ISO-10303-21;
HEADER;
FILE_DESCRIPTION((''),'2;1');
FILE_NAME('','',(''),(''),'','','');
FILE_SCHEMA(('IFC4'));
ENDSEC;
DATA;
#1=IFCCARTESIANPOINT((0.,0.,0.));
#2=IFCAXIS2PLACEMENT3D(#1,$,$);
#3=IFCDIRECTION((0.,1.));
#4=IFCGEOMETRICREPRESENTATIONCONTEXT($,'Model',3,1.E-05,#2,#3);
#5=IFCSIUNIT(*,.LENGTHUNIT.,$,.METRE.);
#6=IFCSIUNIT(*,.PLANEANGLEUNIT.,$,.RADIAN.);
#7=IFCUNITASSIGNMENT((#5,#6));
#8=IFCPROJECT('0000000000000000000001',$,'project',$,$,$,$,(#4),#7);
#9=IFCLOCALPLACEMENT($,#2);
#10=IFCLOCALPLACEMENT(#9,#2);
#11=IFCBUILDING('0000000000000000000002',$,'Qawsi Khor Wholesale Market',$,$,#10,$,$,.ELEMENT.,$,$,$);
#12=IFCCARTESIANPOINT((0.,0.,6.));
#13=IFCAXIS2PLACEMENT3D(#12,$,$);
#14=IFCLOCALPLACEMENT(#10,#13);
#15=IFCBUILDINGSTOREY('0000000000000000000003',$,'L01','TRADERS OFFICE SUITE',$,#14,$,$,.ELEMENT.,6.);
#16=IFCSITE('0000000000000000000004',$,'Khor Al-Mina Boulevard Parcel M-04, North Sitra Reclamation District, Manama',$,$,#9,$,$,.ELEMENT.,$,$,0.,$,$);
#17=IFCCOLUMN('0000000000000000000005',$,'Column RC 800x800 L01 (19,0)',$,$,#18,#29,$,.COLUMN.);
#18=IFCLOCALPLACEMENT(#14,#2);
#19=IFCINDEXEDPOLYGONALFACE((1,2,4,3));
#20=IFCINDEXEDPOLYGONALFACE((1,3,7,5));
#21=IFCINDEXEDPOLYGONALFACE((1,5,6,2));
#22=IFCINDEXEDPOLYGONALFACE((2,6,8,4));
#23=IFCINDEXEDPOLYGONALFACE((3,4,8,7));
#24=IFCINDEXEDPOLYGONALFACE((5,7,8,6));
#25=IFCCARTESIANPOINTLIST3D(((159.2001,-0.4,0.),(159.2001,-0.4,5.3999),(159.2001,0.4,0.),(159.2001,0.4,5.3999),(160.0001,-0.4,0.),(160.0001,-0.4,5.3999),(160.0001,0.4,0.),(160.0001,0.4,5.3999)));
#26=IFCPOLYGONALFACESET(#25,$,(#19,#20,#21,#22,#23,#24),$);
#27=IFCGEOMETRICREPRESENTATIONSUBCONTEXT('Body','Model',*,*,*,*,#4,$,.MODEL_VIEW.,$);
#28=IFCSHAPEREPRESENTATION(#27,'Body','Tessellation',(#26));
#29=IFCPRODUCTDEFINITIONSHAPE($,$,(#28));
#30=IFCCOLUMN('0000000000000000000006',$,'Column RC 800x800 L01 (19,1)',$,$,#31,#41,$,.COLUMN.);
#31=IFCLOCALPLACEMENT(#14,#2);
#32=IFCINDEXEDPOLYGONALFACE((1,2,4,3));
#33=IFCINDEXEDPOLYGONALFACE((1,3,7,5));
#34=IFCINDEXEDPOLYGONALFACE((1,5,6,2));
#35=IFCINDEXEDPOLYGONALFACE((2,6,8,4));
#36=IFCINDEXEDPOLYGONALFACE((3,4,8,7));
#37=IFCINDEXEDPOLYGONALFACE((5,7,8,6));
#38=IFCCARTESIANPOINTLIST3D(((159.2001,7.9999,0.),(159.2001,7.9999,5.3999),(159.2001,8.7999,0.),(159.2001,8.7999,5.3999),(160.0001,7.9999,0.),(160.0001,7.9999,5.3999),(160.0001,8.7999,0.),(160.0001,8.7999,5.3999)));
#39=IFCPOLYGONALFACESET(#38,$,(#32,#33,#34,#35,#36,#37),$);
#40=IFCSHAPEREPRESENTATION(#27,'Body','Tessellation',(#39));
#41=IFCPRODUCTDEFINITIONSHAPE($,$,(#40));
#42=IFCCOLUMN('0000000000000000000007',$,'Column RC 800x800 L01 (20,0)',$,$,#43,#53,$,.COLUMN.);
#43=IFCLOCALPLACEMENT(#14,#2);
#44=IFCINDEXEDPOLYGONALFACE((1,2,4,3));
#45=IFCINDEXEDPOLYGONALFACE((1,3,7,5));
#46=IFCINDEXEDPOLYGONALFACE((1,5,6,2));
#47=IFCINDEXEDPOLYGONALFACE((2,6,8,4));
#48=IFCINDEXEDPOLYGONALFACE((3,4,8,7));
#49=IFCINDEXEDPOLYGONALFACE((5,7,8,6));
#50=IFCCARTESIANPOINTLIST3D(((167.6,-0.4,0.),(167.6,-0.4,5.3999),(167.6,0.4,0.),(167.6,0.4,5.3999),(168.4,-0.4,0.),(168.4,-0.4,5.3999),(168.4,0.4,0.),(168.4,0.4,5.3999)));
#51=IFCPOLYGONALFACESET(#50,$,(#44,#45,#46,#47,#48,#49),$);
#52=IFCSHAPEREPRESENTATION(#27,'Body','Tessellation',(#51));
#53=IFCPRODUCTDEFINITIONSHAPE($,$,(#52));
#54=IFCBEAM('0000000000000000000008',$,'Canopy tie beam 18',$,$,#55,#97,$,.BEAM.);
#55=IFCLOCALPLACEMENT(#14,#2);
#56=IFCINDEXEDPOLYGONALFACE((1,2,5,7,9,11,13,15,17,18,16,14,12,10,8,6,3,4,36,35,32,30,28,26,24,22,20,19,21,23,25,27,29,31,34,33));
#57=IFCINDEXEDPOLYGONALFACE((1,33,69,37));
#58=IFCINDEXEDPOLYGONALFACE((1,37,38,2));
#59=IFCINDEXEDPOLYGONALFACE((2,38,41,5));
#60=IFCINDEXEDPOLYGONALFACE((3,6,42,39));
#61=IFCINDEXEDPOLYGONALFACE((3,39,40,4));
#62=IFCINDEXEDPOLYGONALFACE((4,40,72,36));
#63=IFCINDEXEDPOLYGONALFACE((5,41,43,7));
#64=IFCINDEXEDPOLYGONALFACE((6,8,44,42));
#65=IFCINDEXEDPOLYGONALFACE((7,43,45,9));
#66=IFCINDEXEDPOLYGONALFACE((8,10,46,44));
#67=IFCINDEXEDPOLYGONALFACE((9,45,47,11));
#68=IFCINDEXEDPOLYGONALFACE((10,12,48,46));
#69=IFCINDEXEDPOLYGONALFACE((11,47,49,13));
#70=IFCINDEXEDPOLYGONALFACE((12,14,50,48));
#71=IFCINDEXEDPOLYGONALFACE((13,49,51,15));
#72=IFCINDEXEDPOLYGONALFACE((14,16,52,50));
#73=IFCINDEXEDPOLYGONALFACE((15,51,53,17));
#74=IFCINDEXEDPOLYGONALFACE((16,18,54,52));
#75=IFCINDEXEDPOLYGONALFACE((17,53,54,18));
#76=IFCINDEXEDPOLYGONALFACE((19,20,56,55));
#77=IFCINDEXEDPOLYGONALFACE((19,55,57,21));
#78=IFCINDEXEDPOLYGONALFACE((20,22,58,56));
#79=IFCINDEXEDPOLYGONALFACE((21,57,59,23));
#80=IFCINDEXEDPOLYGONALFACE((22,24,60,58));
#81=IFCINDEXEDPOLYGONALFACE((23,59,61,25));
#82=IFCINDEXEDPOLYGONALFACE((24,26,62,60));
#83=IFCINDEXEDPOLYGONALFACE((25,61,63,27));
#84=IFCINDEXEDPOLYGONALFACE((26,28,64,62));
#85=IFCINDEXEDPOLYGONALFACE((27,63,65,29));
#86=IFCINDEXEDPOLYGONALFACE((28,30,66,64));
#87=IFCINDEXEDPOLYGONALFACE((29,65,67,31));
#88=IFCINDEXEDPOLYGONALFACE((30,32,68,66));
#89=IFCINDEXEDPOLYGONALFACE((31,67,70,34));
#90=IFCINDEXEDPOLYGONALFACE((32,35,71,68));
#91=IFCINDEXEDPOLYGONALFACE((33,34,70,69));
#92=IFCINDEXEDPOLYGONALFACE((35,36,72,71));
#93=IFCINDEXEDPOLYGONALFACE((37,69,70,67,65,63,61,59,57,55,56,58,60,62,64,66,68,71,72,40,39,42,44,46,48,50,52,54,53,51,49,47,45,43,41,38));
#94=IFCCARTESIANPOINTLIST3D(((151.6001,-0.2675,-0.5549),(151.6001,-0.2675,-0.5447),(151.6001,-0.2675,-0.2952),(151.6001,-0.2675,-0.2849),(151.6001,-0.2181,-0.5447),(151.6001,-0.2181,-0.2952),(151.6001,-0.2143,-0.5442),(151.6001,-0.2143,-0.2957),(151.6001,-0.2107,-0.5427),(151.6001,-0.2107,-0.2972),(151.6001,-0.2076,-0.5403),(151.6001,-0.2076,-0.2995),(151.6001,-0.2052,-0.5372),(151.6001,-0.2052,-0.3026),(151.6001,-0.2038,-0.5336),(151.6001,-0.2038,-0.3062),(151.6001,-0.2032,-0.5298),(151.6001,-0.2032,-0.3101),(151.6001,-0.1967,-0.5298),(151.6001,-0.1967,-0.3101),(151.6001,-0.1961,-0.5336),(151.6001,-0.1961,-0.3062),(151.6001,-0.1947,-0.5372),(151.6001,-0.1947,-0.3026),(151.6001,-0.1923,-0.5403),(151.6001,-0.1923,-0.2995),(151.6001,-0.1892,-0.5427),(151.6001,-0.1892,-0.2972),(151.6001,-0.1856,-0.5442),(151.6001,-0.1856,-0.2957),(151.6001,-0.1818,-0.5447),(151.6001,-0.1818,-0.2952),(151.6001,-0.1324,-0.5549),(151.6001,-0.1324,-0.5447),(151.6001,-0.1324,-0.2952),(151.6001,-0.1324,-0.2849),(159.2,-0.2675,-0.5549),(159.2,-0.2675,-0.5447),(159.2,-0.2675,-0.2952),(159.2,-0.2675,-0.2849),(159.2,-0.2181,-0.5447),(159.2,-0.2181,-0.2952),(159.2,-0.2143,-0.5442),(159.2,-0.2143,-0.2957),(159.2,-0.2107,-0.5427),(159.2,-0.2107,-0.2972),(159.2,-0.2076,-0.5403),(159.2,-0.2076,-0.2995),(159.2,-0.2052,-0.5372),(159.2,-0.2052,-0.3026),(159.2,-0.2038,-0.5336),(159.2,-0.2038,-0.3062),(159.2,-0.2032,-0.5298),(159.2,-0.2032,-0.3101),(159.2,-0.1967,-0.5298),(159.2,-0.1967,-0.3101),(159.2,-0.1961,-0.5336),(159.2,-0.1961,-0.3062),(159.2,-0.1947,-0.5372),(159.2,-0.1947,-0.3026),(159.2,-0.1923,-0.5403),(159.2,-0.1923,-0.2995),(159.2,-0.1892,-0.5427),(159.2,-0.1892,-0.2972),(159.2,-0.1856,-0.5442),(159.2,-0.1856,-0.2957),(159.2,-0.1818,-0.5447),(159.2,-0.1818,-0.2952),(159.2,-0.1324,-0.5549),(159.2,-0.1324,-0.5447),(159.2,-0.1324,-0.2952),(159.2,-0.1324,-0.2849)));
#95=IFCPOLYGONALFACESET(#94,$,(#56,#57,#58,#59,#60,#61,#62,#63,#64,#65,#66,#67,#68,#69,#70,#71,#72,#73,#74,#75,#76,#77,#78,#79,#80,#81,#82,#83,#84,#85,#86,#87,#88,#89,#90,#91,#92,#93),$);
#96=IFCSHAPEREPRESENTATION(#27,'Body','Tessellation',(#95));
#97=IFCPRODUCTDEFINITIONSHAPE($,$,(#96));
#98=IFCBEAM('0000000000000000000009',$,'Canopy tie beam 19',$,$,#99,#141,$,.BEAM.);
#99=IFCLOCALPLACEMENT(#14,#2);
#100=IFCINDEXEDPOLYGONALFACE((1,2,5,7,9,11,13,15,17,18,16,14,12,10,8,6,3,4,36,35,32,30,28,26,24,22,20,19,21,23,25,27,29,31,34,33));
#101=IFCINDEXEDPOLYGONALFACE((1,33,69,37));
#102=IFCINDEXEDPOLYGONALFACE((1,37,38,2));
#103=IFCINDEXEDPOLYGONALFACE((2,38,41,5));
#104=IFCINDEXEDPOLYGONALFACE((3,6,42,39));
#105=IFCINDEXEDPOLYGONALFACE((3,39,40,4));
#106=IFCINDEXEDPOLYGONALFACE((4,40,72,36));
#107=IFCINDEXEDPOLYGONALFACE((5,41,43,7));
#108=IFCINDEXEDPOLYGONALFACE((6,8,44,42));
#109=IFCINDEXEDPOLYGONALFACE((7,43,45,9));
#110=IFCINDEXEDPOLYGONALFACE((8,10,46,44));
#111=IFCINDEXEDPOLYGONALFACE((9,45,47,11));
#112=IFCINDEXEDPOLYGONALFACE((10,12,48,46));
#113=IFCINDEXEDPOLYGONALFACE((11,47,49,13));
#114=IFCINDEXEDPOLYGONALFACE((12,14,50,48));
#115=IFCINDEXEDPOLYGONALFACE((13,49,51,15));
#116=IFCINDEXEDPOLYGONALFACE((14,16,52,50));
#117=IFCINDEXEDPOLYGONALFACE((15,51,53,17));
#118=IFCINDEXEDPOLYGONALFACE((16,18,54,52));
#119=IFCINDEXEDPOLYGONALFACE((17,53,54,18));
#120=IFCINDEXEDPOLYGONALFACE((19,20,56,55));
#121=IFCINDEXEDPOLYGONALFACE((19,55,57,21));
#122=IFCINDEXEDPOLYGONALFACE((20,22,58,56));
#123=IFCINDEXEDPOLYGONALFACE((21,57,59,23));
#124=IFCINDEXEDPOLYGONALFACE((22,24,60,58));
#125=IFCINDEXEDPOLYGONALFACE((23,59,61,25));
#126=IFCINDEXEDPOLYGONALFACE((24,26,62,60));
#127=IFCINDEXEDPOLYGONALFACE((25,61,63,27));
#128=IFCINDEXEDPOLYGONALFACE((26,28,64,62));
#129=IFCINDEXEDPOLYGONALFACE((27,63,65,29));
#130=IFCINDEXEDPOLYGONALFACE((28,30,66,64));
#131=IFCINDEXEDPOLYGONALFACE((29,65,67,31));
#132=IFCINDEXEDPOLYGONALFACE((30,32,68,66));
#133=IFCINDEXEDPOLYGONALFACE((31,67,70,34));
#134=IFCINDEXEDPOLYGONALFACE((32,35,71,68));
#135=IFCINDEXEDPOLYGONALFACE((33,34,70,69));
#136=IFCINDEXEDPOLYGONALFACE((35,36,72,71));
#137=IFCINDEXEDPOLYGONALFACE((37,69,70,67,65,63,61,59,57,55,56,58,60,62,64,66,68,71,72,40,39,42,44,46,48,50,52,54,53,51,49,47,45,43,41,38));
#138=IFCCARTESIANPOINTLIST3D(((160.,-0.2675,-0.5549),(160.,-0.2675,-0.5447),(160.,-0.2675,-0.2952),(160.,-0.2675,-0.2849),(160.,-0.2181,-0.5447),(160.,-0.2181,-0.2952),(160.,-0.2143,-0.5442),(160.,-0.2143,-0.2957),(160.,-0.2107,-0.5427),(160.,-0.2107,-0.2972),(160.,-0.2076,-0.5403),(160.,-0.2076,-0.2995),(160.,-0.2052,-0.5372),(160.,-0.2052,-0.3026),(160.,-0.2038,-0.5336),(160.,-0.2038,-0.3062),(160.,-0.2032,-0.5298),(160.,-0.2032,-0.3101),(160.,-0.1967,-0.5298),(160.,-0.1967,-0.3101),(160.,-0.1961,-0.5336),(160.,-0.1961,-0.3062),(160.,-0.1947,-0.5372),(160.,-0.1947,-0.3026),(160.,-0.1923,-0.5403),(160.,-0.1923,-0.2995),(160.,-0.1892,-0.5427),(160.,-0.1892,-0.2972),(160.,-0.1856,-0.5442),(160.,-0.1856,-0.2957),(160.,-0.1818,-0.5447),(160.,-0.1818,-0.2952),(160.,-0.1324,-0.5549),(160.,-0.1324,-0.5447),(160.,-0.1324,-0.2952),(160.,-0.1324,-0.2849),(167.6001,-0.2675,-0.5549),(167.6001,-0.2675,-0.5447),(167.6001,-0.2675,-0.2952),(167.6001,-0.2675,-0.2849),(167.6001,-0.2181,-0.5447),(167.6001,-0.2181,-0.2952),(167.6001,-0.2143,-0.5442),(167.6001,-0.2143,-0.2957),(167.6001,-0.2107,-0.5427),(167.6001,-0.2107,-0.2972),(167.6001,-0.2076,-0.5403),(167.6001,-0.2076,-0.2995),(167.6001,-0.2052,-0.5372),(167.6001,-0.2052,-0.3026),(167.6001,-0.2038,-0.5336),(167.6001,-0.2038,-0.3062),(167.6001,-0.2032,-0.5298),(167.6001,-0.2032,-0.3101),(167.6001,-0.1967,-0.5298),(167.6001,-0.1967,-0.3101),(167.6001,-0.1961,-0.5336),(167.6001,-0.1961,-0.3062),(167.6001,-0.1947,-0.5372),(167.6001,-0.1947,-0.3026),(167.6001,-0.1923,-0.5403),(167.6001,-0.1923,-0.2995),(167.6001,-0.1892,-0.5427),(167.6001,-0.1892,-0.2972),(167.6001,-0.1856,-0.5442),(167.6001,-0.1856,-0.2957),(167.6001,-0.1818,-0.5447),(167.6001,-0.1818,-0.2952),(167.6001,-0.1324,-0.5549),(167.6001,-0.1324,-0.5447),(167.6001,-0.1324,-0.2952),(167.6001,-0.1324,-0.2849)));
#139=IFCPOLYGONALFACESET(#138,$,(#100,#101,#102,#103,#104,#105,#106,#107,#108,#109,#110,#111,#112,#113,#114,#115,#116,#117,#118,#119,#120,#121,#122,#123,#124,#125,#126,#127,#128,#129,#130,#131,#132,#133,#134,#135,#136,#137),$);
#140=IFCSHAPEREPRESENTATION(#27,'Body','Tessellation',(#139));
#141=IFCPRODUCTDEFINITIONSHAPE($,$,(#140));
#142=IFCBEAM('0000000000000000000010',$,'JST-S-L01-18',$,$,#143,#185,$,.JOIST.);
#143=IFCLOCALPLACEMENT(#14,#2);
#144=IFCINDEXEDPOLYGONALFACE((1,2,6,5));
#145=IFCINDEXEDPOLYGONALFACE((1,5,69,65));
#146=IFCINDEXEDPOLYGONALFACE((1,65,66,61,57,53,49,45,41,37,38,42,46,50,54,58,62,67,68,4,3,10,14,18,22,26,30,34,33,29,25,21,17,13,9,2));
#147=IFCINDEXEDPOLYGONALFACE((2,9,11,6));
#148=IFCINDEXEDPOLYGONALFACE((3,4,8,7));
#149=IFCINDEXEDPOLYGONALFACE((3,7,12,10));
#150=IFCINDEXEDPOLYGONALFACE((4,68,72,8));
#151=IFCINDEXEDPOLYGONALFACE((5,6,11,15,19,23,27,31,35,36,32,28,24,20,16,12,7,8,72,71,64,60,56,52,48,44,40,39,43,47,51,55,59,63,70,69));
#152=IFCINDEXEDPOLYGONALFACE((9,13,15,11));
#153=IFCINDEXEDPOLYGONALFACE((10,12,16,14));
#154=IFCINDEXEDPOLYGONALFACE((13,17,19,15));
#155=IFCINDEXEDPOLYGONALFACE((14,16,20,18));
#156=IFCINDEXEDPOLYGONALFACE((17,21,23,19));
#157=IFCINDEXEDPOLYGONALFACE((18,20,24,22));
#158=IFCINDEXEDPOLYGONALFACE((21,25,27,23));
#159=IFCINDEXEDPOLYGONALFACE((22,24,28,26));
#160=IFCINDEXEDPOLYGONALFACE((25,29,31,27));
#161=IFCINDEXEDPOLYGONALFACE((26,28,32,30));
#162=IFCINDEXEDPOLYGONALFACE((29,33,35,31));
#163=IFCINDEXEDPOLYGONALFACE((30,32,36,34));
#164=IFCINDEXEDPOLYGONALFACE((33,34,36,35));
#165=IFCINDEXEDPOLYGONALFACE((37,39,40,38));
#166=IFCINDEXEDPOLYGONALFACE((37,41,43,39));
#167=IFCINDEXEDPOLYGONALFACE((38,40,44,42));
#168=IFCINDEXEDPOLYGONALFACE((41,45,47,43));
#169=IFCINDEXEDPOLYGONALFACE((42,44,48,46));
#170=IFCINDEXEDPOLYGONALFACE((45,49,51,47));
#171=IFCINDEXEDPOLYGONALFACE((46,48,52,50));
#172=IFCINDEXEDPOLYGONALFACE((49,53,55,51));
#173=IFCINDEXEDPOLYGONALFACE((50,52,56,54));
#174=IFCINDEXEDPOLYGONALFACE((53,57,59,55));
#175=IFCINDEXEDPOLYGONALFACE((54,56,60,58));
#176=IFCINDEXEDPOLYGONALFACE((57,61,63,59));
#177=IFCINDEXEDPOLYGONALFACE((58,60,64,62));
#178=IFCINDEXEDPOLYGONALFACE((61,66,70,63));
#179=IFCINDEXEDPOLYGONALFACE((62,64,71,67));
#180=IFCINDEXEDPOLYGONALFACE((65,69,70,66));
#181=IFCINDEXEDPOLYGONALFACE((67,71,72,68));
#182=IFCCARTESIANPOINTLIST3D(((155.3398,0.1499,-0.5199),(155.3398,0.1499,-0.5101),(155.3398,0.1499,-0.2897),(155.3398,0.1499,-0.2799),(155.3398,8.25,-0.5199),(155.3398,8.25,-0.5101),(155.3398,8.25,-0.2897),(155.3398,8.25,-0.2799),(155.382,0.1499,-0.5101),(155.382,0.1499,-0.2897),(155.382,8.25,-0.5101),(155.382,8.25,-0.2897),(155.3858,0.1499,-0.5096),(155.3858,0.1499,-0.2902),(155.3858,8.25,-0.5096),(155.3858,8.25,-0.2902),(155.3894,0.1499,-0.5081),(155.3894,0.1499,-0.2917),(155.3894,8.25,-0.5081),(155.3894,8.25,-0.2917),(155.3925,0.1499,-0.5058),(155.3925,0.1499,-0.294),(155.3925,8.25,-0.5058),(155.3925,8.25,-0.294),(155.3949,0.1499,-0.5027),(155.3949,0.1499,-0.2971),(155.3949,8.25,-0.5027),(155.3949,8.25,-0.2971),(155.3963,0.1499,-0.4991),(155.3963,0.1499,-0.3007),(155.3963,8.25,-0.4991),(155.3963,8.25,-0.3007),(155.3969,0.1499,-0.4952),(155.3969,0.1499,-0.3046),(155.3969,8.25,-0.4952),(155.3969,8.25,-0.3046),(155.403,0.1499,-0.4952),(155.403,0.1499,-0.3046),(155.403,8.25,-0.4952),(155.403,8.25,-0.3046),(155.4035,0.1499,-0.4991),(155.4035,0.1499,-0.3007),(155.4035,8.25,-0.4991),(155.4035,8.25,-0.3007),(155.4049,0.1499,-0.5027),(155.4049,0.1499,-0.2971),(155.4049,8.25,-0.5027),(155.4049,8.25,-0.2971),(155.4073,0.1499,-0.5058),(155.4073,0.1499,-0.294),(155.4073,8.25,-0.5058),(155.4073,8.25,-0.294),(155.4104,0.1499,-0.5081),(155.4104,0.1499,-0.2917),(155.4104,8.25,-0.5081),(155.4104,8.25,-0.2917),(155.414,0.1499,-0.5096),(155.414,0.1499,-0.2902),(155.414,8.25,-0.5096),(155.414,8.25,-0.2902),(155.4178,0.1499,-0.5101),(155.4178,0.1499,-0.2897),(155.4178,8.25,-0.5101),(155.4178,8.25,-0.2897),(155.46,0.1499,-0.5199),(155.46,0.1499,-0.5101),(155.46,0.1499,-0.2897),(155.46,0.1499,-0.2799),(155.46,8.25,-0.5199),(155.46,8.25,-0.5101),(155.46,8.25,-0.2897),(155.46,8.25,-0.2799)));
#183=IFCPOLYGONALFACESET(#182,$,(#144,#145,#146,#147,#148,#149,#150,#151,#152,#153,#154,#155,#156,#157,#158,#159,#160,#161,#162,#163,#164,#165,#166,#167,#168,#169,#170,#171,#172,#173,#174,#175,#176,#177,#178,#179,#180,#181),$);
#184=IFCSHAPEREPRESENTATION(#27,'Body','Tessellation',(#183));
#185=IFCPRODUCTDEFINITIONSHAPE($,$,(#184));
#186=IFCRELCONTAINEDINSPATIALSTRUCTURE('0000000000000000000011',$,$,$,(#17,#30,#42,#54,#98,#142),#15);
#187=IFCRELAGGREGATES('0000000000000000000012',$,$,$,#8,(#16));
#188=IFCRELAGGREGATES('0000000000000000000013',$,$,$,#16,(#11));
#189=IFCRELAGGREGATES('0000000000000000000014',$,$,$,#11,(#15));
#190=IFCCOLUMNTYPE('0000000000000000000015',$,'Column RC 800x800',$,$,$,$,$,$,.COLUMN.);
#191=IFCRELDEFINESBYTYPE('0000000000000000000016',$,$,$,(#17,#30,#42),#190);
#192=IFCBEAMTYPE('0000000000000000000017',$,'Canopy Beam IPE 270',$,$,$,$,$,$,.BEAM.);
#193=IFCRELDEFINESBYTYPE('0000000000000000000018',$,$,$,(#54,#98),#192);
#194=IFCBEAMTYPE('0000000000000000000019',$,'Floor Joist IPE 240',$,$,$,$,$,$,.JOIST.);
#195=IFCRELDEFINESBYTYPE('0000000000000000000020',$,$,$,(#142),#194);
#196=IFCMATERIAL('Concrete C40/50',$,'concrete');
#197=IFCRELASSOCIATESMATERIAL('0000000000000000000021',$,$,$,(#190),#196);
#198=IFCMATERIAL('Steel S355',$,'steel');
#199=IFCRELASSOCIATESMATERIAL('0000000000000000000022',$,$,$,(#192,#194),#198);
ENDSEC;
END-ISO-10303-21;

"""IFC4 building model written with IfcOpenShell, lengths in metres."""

from ifc_helpers import new_model, si_unit, direction, frame, origin, origin_2d, place, context, subcontext, project, spatial, rectangle, i_section, extrude, material, material_profile, profile_set, type_object, element, save


model = new_model("IFC4")

# Units and contexts
model_context = context("Model", 3, precision=1e-05, world=origin(), true_north=direction((0.0, 1.0)))
body_context = subcontext(model_context, "Body", "Model", "MODEL_VIEW")
ifc_project = project(units=[si_unit("LENGTHUNIT", "METRE"), si_unit("PLANEANGLEUNIT", "RADIAN")], contexts=[model_context])

# Site, building, storey
site_placement = place(None, origin())
site = spatial("IfcSite", under=ifc_project, at=site_placement, Name="Khor Al-Mina Boulevard Parcel M-04, North Sitra Reclamation District, Manama", CompositionType="ELEMENT", RefElevation=0.0)
building_placement = place(site_placement, origin())
building = spatial("IfcBuilding", under=site, at=building_placement, Name="Qawsi Khor Wholesale Market", CompositionType="ELEMENT")
storey_placement = place(building_placement, frame((0.0, 0.0, 6.0)))
storey = spatial("IfcBuildingStorey", under=building, at=storey_placement, Name="L01", Description="TRADERS OFFICE SUITE", CompositionType="ELEMENT", Elevation=6.0)

# Columns
ifc_material_1 = material(Name="Concrete C40/50", Category="concrete")
ifc_material_profile_1 = material_profile(ifc_material_1, rectangle(XDim=0.8, YDim=0.8, at=origin_2d()), Name="RC 800x800")
ifc_profile_set_1 = profile_set([ifc_material_profile_1], Name="Concrete C40/50")
column_type = type_object("IfcColumnType", Name="Column RC 800x800", PredefinedType="COLUMN", material=ifc_profile_set_1)
for number, where, z_axis, x_axis, name in (
    (1, (159.6001, 0.0, 0.0), (0.0, 0.0, 1.0), (1.0, 0.0, 0.0), "Column RC 800x800 L01 (19,0)"),
    (2, (159.6001, 8.3999, 0.0), (0.0, 0.0, 1.0), (1.0, 0.0, 0.0), "Column RC 800x800 L01 (19,1)"),
    (3, (168.0, 0.0, 0.0), (0.0, 0.0, 1.0), (1.0, 0.0, 0.0), "Column RC 800x800 L01 (20,0)"),
):
    element("IfcColumn", number, at=place(storey_placement, frame(where, z_axis=z_axis, x_axis=x_axis)), inside=storey, type_object=column_type, Name=name, PredefinedType="COLUMN", context=body_context, shape_type="SweptSolid", body=[
        extrude(rectangle(XDim=0.8, YDim=0.8, at=origin_2d()), origin(), (0.0, 0.0, 1.0), 5.3999),
    ])

# Beams
ifc_material_2 = material(Name="Steel S355", Category="steel")
ifc_material_profile_2 = material_profile(ifc_material_2, i_section(OverallWidth=0.135, OverallDepth=0.27, WebThickness=0.0066, FlangeThickness=0.0103, FilletRadius=0.0149, at=origin_2d()), Name="IPE 270")
ifc_profile_set_2 = profile_set([ifc_material_profile_2], Name="Steel S355")
beam_type_1 = type_object("IfcBeamType", Name="Canopy Beam IPE 270", PredefinedType="BEAM", material=ifc_profile_set_2)
beam_1_placement = place(storey_placement, frame((151.6001, -0.2, -0.4199), z_axis=(1.0, 0.0, 0.0), x_axis=(0.0, 1.0, 0.0)))
element("IfcBeam", 4, at=beam_1_placement, inside=storey, type_object=beam_type_1, Name="Canopy tie beam 18", PredefinedType="BEAM", context=body_context, shape_type="SweptSolid", body=[
    extrude(i_section(OverallWidth=0.135, OverallDepth=0.27, WebThickness=0.0066, FlangeThickness=0.0103, FilletRadius=0.0149, at=origin_2d()), origin(), (0.0, 0.0, 1.0), 7.5999),
])
beam_2_placement = place(storey_placement, frame((160.0, -0.2, -0.4199), z_axis=(1.0, 0.0, 0.0), x_axis=(0.0, 1.0, 0.0)))
element("IfcBeam", 5, at=beam_2_placement, inside=storey, type_object=beam_type_1, Name="Canopy tie beam 19", PredefinedType="BEAM", context=body_context, shape_type="SweptSolid", body=[
    extrude(i_section(OverallWidth=0.135, OverallDepth=0.27, WebThickness=0.0066, FlangeThickness=0.0103, FilletRadius=0.0149, at=origin_2d()), origin(), (0.0, 0.0, 1.0), 7.6001),
])
ifc_material_profile_3 = material_profile(ifc_material_2, i_section(OverallWidth=0.1201, OverallDepth=0.24, WebThickness=0.0061, FlangeThickness=0.0098, FilletRadius=0.0149, at=origin_2d()), Name="IPE 240")
ifc_profile_set_3 = profile_set([ifc_material_profile_3], Name="Steel S355")
beam_type_2 = type_object("IfcBeamType", Name="Floor Joist IPE 240", PredefinedType="JOIST", material=ifc_profile_set_3)
for number, where, z_axis, x_axis, name in (
    (6, (155.3999, 0.1499, -0.3999), (0.0, 1.0, 0.0), (-1.0, 0.0, 0.0), "JST-S-L01-18"),
):
    element("IfcBeam", number, at=place(storey_placement, frame(where, z_axis=z_axis, x_axis=x_axis)), inside=storey, type_object=beam_type_2, Name=name, PredefinedType="JOIST", context=body_context, shape_type="SweptSolid", body=[
        extrude(i_section(OverallWidth=0.1201, OverallDepth=0.24, WebThickness=0.0061, FlangeThickness=0.0098, FilletRadius=0.0149, at=origin_2d()), origin(), (0.0, 0.0, 1.0), 8.1001),
    ])

save(model, "model.ifc")
